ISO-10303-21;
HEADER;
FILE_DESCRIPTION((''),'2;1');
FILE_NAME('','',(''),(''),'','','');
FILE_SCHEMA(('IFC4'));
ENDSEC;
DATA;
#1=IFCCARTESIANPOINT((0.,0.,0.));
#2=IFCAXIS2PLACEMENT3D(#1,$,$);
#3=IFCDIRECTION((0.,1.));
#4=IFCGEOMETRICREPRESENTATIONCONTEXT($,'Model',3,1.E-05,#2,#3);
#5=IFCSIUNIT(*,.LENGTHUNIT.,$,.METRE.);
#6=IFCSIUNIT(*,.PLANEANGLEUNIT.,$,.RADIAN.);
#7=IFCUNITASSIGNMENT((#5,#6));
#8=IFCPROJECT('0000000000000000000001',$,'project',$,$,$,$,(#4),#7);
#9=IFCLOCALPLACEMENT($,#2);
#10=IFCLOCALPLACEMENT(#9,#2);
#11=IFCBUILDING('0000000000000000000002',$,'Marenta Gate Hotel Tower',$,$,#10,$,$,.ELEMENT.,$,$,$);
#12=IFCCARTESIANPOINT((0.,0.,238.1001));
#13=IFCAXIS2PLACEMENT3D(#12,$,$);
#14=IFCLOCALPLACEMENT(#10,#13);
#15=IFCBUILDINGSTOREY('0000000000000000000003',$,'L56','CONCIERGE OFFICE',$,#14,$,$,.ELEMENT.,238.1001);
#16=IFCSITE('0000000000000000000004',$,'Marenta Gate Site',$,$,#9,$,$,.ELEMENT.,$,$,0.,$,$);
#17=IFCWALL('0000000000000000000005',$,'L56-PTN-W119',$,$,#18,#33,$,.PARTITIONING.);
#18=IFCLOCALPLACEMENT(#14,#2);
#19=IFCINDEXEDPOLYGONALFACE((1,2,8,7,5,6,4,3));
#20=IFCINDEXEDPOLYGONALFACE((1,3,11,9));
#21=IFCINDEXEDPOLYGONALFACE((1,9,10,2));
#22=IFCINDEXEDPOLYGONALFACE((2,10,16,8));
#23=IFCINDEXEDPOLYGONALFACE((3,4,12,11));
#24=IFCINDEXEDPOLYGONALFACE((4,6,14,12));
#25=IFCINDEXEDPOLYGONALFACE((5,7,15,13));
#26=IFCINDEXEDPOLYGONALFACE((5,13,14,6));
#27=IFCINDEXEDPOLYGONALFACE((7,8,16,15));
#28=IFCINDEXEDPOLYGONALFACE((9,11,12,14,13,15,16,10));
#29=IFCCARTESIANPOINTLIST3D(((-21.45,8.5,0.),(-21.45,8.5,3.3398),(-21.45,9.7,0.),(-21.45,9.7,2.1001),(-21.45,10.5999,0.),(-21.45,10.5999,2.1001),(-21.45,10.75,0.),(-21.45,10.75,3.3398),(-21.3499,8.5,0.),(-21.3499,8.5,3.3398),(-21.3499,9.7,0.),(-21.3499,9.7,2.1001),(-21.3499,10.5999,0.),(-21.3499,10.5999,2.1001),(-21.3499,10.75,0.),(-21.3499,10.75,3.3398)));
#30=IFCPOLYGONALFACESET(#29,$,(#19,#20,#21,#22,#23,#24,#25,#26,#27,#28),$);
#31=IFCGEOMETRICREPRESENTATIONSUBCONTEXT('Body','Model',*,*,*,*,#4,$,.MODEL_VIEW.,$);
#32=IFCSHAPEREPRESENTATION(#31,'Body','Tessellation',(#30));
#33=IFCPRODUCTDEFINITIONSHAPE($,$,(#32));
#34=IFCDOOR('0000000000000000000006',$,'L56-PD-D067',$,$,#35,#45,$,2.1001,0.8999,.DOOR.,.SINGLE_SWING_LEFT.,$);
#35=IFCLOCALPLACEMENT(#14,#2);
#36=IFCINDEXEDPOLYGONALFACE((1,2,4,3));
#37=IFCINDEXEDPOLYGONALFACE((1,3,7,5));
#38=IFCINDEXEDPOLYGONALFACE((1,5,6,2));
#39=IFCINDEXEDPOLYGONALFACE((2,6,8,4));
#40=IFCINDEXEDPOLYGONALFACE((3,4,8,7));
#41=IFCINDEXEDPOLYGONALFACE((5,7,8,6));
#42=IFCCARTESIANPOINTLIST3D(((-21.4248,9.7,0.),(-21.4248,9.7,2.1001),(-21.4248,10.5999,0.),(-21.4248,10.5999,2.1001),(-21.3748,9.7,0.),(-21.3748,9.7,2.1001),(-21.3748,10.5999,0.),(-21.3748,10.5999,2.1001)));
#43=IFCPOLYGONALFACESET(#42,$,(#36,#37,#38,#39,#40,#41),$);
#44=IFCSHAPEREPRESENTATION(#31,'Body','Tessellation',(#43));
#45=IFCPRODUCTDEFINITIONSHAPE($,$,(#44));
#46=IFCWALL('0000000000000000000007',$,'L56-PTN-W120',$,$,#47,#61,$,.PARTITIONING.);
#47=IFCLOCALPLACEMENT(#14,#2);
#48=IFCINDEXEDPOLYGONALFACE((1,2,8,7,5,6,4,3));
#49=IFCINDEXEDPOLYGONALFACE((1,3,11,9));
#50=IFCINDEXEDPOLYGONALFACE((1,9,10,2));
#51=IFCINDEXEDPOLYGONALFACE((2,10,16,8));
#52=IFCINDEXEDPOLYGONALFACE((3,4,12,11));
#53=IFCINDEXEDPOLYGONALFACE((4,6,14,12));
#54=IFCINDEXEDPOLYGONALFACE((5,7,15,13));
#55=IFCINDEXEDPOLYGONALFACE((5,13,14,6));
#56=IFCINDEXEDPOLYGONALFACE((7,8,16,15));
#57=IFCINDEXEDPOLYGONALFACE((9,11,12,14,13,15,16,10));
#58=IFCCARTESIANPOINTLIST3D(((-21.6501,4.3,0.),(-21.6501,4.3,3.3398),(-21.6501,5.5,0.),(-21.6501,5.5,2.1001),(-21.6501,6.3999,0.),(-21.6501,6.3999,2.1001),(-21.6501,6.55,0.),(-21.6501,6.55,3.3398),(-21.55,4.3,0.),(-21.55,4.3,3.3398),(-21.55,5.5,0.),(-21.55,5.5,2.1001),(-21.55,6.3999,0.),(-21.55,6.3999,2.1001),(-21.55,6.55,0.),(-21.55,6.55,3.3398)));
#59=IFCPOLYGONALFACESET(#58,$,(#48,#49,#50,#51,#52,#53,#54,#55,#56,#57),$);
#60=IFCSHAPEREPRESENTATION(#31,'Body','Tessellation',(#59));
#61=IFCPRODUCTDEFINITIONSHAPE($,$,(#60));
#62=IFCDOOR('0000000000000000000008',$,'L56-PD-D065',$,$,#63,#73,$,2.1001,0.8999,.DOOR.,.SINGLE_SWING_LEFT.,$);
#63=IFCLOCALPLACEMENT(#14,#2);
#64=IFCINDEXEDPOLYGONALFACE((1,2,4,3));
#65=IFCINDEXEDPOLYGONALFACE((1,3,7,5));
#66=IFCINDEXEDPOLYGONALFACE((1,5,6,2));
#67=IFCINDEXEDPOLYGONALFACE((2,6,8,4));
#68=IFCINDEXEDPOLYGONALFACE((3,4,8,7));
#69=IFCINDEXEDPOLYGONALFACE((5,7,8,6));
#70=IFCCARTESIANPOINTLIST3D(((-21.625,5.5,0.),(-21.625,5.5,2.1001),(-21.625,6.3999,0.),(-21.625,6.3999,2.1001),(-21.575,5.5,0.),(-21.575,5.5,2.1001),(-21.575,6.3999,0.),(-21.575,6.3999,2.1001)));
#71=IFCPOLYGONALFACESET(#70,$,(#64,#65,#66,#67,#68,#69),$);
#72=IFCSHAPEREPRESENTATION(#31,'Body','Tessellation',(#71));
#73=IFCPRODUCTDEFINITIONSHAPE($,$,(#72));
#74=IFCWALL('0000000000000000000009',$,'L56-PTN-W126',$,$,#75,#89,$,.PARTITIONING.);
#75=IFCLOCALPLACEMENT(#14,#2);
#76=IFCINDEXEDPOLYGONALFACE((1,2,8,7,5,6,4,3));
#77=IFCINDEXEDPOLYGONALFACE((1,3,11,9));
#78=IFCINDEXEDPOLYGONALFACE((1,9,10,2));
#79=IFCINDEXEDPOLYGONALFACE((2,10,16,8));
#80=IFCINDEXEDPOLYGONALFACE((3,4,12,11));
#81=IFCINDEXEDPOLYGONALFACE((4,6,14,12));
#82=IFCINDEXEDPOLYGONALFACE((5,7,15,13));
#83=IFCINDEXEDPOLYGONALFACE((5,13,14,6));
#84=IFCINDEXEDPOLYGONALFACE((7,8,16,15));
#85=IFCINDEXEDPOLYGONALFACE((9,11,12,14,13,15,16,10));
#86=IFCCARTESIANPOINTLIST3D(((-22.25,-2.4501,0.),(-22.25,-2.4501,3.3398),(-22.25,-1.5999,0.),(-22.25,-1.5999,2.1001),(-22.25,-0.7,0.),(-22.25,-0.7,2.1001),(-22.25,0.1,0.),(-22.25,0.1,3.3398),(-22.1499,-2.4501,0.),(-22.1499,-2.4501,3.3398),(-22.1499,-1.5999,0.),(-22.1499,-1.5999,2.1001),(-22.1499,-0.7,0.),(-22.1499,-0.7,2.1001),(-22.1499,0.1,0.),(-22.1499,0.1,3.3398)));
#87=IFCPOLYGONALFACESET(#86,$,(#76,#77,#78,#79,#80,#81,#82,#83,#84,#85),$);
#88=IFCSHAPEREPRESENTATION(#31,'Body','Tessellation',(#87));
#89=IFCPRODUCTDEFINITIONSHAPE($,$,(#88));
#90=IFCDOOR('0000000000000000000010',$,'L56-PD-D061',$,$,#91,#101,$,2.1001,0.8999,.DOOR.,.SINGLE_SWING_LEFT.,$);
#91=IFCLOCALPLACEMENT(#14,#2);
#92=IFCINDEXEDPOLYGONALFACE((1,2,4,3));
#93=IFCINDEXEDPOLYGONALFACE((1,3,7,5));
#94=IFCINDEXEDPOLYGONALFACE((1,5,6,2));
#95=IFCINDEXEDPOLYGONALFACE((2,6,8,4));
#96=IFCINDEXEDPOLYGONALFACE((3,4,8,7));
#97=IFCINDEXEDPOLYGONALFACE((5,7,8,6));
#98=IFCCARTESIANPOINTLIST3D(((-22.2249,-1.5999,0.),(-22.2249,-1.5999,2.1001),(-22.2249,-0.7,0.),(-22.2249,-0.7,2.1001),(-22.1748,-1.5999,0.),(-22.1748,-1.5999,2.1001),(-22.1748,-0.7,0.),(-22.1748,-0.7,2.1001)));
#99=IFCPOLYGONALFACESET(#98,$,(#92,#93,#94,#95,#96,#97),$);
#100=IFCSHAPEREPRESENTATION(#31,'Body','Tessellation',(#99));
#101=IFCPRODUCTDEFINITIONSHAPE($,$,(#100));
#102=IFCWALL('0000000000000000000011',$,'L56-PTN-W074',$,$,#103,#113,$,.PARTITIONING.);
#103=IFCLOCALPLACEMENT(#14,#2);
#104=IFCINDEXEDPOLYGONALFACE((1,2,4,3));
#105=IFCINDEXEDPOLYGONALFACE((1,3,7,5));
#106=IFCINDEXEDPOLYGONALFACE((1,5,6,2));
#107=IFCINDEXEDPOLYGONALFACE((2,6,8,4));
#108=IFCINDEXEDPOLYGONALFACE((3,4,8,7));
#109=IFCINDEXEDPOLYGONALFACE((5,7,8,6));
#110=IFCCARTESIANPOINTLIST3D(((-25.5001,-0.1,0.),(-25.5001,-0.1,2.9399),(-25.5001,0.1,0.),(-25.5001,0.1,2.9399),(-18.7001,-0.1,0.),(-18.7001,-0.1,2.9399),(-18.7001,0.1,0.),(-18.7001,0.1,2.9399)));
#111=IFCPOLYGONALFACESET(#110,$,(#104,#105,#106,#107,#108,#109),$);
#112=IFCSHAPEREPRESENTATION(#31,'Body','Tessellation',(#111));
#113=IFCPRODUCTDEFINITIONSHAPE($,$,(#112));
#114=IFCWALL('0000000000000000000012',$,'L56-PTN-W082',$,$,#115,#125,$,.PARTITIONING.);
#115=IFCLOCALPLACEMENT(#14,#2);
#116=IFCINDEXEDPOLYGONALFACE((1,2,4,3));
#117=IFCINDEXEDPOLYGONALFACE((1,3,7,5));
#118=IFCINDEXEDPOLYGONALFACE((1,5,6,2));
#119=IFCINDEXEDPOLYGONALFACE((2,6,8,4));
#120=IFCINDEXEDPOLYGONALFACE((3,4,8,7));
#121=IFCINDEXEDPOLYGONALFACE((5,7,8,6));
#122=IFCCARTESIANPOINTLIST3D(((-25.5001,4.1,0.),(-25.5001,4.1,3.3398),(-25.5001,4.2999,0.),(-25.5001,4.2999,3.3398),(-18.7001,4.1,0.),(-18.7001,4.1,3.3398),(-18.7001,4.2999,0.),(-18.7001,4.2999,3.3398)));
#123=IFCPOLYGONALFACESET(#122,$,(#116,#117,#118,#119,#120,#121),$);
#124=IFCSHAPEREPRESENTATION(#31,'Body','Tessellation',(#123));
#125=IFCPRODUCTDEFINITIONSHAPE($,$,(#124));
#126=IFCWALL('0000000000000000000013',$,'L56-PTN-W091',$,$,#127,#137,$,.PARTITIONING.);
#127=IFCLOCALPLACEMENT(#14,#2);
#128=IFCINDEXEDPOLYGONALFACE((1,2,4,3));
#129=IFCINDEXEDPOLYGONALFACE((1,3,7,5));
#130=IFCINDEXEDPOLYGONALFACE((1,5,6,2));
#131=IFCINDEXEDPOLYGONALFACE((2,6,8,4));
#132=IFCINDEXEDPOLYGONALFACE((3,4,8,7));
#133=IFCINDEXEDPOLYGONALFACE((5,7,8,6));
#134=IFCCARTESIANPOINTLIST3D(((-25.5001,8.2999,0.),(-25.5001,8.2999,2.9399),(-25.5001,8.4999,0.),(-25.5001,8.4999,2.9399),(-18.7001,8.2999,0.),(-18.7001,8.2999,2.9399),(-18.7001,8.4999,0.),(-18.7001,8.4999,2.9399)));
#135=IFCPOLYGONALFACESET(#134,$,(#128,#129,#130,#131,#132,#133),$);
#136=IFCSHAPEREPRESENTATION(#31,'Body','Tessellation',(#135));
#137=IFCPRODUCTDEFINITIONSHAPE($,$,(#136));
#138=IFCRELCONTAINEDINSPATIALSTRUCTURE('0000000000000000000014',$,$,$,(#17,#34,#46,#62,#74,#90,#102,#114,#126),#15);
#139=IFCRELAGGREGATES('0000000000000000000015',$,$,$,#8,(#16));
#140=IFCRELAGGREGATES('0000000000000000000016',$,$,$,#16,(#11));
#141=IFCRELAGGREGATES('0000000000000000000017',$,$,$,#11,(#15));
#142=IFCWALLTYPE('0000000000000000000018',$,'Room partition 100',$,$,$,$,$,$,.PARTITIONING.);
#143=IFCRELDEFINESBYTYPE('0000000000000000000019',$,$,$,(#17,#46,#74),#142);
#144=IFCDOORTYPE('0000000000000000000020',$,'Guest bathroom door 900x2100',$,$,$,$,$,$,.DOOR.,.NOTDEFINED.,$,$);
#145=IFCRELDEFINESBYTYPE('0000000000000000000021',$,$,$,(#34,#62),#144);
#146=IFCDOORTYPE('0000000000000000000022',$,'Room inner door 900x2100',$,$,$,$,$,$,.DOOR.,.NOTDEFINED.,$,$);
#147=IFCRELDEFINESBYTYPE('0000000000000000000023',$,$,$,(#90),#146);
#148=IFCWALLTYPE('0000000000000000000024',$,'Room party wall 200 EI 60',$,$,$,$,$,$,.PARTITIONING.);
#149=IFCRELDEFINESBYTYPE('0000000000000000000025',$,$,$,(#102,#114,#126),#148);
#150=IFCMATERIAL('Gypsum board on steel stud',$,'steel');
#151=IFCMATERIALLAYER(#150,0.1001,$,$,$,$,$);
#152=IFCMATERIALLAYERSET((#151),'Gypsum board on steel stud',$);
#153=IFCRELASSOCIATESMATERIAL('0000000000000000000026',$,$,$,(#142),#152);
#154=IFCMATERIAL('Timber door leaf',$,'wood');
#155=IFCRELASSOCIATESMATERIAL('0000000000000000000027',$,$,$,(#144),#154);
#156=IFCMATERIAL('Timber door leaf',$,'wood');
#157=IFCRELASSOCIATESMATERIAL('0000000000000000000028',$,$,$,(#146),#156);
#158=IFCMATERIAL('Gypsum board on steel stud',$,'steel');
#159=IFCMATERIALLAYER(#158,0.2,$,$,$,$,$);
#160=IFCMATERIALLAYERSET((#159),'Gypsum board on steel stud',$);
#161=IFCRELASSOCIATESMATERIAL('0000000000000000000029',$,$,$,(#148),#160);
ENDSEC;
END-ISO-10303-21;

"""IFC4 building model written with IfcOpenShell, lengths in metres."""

from ifc_helpers import new_model, si_unit, direction, frame, frame_2d, origin, place, context, subcontext, project, spatial, rectangle, extrude, material, layer, layer_set, type_object, element, fill, save


model = new_model("IFC4")

# Units and contexts
model_context = context("Model", 3, precision=1e-05, world=origin(), true_north=direction((0.0, 1.0)))
body_context = subcontext(model_context, "Body", "Model", "MODEL_VIEW")
ifc_project = project(units=[si_unit("LENGTHUNIT", "METRE"), si_unit("PLANEANGLEUNIT", "RADIAN")], contexts=[model_context])

# Site, building, storey
site_placement = place(None, origin())
site = spatial("IfcSite", under=ifc_project, at=site_placement, Name="Marenta Gate Site", CompositionType="ELEMENT", RefElevation=0.0)
building_placement = place(site_placement, origin())
building = spatial("IfcBuilding", under=site, at=building_placement, Name="Marenta Gate Hotel Tower", CompositionType="ELEMENT")
storey_placement = place(building_placement, frame((0.0, 0.0, 238.1001)))
storey = spatial("IfcBuildingStorey", under=building, at=storey_placement, Name="L56", Description="CONCIERGE OFFICE", CompositionType="ELEMENT", Elevation=238.1001)

# Shared definitions
ifc_material_1 = material(Name="Gypsum board on steel stud", Category="steel")
ifc_layer_1 = layer(ifc_material_1, 0.1001)
ifc_layer_set_1 = layer_set([ifc_layer_1], Name="Gypsum board on steel stud")
wall_type_1 = type_object("IfcWallType", Name="Room partition 100", PredefinedType="PARTITIONING", material=ifc_layer_set_1)

# Walls, openings, doors
ifc_material_2 = material(Name="Timber door leaf", Category="wood")
door_type_1 = type_object("IfcDoorType", Name="Guest bathroom door 900x2100", OperationType="NOTDEFINED", PredefinedType="DOOR", material=ifc_material_2)
wall_1_placement = place(storey_placement, frame((-21.3999, 8.5, 0.0), z_axis=(0.0, 0.0, 1.0), x_axis=(0.0, 1.0, 0.0)))
wall_1 = element("IfcWall", 1, at=wall_1_placement, inside=storey, type_object=wall_type_1, Name="L56-PTN-W119", PredefinedType="PARTITIONING", context=body_context, shape_type="SweptSolid", body=[
    extrude(rectangle(XDim=2.25, YDim=0.1001, at=frame_2d((1.125, 0.0))), origin(), (0.0, 0.0, 1.0), 3.3398),
])
opening_1_placement = place(wall_1_placement, frame((1.2, 0.0, 0.0)))
opening_1 = element("IfcOpeningElement", 2, at=opening_1_placement, cuts=wall_1, PredefinedType="OPENING", context=body_context, shape_type="SweptSolid", body=[
    extrude(rectangle(XDim=0.8999, YDim=2.1001, at=frame_2d((0.45, 1.05))), frame((0.0, 0.05, 0.0), z_axis=(0.0, -1.0, 0.0), x_axis=(1.0, 0.0, 0.0)), (0.0, 0.0, 1.0), 0.1001),
])
door_1_placement = place(opening_1_placement, origin())
door_1 = element("IfcDoor", 3, at=door_1_placement, inside=storey, type_object=door_type_1, Name="L56-PD-D067", OperationType="SINGLE_SWING_LEFT", OverallHeight=2.1001, OverallWidth=0.8999, PredefinedType="DOOR", context=body_context, shape_type="SweptSolid", body=[
    extrude(rectangle(XDim=0.8999, YDim=2.1001, at=frame_2d((0.45, 1.05))), frame((0.0, 0.0249, 0.0), z_axis=(0.0, -1.0, 0.0), x_axis=(1.0, 0.0, 0.0)), (0.0, 0.0, 1.0), 0.05),
])
fill(opening_1, door_1)
wall_2_placement = place(storey_placement, frame((-21.6001, 4.3, 0.0), z_axis=(0.0, 0.0, 1.0), x_axis=(0.0, 1.0, 0.0)))
wall_2 = element("IfcWall", 4, at=wall_2_placement, inside=storey, type_object=wall_type_1, Name="L56-PTN-W120", PredefinedType="PARTITIONING", context=body_context, shape_type="SweptSolid", body=[
    extrude(rectangle(XDim=2.25, YDim=0.1001, at=frame_2d((1.125, 0.0))), origin(), (0.0, 0.0, 1.0), 3.3398),
])
opening_2_placement = place(wall_2_placement, frame((1.2, 0.0, 0.0)))
opening_2 = element("IfcOpeningElement", 5, at=opening_2_placement, cuts=wall_2, PredefinedType="OPENING", context=body_context, shape_type="SweptSolid", body=[
    extrude(rectangle(XDim=0.8999, YDim=2.1001, at=frame_2d((0.45, 1.05))), frame((0.0, 0.05, 0.0), z_axis=(0.0, -1.0, 0.0), x_axis=(1.0, 0.0, 0.0)), (0.0, 0.0, 1.0), 0.1001),
])
door_2_placement = place(opening_2_placement, origin())
door_2 = element("IfcDoor", 6, at=door_2_placement, inside=storey, type_object=door_type_1, Name="L56-PD-D065", OperationType="SINGLE_SWING_LEFT", OverallHeight=2.1001, OverallWidth=0.8999, PredefinedType="DOOR", context=body_context, shape_type="SweptSolid", body=[
    extrude(rectangle(XDim=0.8999, YDim=2.1001, at=frame_2d((0.45, 1.05))), frame((0.0, 0.0249, 0.0), z_axis=(0.0, -1.0, 0.0), x_axis=(1.0, 0.0, 0.0)), (0.0, 0.0, 1.0), 0.05),
])
fill(opening_2, door_2)
wall_3_placement = place(storey_placement, frame((-22.2, -2.45, 0.0), z_axis=(0.0, 0.0, 1.0), x_axis=(0.0, 1.0, 0.0)))
wall_3 = element("IfcWall", 7, at=wall_3_placement, inside=storey, type_object=wall_type_1, Name="L56-PTN-W126", PredefinedType="PARTITIONING", context=body_context, shape_type="SweptSolid", body=[
    extrude(rectangle(XDim=2.55, YDim=0.1001, at=frame_2d((1.2749, 0.0))), origin(), (0.0, 0.0, 1.0), 3.3398),
])
opening_3_placement = place(wall_3_placement, frame((0.8501, 0.0, 0.0)))
opening_3 = element("IfcOpeningElement", 8, at=opening_3_placement, cuts=wall_3, PredefinedType="OPENING", context=body_context, shape_type="SweptSolid", body=[
    extrude(rectangle(XDim=0.8999, YDim=2.1001, at=frame_2d((0.45, 1.05))), frame((0.0, 0.05, 0.0), z_axis=(0.0, -1.0, 0.0), x_axis=(1.0, 0.0, 0.0)), (0.0, 0.0, 1.0), 0.1001),
])
ifc_material_3 = material(Name="Timber door leaf", Category="wood")
door_type_2 = type_object("IfcDoorType", Name="Room inner door 900x2100", OperationType="NOTDEFINED", PredefinedType="DOOR", material=ifc_material_3)
door_3_placement = place(opening_3_placement, origin())
door_3 = element("IfcDoor", 9, at=door_3_placement, inside=storey, type_object=door_type_2, Name="L56-PD-D061", OperationType="SINGLE_SWING_LEFT", OverallHeight=2.1001, OverallWidth=0.8999, PredefinedType="DOOR", context=body_context, shape_type="SweptSolid", body=[
    extrude(rectangle(XDim=0.8999, YDim=2.1001, at=frame_2d((0.45, 1.05))), frame((0.0, 0.0249, 0.0), z_axis=(0.0, -1.0, 0.0), x_axis=(1.0, 0.0, 0.0)), (0.0, 0.0, 1.0), 0.05),
])
fill(opening_3, door_3)

# Walls
ifc_material_4 = material(Name="Gypsum board on steel stud", Category="steel")
ifc_layer_2 = layer(ifc_material_4, 0.2)
ifc_layer_set_2 = layer_set([ifc_layer_2], Name="Gypsum board on steel stud")
wall_type_2 = type_object("IfcWallType", Name="Room party wall 200 EI 60", PredefinedType="PARTITIONING", material=ifc_layer_set_2)
wall_4_placement = place(storey_placement, frame((-25.5, 0.0, 0.0), z_axis=(0.0, 0.0, 1.0), x_axis=(1.0, 0.0, 0.0)))
element("IfcWall", 10, at=wall_4_placement, inside=storey, type_object=wall_type_2, Name="L56-PTN-W074", PredefinedType="PARTITIONING", context=body_context, shape_type="SweptSolid", body=[
    extrude(rectangle(XDim=6.8, YDim=0.2, at=frame_2d((3.3999, 0.0))), origin(), (0.0, 0.0, 1.0), 2.9399),
])
wall_5_placement = place(storey_placement, frame((-25.5, 4.2, 0.0), z_axis=(0.0, 0.0, 1.0), x_axis=(1.0, 0.0, 0.0)))
element("IfcWall", 11, at=wall_5_placement, inside=storey, type_object=wall_type_2, Name="L56-PTN-W082", PredefinedType="PARTITIONING", context=body_context, shape_type="SweptSolid", body=[
    extrude(rectangle(XDim=6.8, YDim=0.2, at=frame_2d((3.3999, 0.0))), origin(), (0.0, 0.0, 1.0), 3.3398),
])
wall_6_placement = place(storey_placement, frame((-25.5, 8.3999, 0.0), z_axis=(0.0, 0.0, 1.0), x_axis=(1.0, 0.0, 0.0)))
element("IfcWall", 12, at=wall_6_placement, inside=storey, type_object=wall_type_2, Name="L56-PTN-W091", PredefinedType="PARTITIONING", context=body_context, shape_type="SweptSolid", body=[
    extrude(rectangle(XDim=6.8, YDim=0.2, at=frame_2d((3.3999, 0.0))), origin(), (0.0, 0.0, 1.0), 2.9399),
])

save(model, "model.ifc")
